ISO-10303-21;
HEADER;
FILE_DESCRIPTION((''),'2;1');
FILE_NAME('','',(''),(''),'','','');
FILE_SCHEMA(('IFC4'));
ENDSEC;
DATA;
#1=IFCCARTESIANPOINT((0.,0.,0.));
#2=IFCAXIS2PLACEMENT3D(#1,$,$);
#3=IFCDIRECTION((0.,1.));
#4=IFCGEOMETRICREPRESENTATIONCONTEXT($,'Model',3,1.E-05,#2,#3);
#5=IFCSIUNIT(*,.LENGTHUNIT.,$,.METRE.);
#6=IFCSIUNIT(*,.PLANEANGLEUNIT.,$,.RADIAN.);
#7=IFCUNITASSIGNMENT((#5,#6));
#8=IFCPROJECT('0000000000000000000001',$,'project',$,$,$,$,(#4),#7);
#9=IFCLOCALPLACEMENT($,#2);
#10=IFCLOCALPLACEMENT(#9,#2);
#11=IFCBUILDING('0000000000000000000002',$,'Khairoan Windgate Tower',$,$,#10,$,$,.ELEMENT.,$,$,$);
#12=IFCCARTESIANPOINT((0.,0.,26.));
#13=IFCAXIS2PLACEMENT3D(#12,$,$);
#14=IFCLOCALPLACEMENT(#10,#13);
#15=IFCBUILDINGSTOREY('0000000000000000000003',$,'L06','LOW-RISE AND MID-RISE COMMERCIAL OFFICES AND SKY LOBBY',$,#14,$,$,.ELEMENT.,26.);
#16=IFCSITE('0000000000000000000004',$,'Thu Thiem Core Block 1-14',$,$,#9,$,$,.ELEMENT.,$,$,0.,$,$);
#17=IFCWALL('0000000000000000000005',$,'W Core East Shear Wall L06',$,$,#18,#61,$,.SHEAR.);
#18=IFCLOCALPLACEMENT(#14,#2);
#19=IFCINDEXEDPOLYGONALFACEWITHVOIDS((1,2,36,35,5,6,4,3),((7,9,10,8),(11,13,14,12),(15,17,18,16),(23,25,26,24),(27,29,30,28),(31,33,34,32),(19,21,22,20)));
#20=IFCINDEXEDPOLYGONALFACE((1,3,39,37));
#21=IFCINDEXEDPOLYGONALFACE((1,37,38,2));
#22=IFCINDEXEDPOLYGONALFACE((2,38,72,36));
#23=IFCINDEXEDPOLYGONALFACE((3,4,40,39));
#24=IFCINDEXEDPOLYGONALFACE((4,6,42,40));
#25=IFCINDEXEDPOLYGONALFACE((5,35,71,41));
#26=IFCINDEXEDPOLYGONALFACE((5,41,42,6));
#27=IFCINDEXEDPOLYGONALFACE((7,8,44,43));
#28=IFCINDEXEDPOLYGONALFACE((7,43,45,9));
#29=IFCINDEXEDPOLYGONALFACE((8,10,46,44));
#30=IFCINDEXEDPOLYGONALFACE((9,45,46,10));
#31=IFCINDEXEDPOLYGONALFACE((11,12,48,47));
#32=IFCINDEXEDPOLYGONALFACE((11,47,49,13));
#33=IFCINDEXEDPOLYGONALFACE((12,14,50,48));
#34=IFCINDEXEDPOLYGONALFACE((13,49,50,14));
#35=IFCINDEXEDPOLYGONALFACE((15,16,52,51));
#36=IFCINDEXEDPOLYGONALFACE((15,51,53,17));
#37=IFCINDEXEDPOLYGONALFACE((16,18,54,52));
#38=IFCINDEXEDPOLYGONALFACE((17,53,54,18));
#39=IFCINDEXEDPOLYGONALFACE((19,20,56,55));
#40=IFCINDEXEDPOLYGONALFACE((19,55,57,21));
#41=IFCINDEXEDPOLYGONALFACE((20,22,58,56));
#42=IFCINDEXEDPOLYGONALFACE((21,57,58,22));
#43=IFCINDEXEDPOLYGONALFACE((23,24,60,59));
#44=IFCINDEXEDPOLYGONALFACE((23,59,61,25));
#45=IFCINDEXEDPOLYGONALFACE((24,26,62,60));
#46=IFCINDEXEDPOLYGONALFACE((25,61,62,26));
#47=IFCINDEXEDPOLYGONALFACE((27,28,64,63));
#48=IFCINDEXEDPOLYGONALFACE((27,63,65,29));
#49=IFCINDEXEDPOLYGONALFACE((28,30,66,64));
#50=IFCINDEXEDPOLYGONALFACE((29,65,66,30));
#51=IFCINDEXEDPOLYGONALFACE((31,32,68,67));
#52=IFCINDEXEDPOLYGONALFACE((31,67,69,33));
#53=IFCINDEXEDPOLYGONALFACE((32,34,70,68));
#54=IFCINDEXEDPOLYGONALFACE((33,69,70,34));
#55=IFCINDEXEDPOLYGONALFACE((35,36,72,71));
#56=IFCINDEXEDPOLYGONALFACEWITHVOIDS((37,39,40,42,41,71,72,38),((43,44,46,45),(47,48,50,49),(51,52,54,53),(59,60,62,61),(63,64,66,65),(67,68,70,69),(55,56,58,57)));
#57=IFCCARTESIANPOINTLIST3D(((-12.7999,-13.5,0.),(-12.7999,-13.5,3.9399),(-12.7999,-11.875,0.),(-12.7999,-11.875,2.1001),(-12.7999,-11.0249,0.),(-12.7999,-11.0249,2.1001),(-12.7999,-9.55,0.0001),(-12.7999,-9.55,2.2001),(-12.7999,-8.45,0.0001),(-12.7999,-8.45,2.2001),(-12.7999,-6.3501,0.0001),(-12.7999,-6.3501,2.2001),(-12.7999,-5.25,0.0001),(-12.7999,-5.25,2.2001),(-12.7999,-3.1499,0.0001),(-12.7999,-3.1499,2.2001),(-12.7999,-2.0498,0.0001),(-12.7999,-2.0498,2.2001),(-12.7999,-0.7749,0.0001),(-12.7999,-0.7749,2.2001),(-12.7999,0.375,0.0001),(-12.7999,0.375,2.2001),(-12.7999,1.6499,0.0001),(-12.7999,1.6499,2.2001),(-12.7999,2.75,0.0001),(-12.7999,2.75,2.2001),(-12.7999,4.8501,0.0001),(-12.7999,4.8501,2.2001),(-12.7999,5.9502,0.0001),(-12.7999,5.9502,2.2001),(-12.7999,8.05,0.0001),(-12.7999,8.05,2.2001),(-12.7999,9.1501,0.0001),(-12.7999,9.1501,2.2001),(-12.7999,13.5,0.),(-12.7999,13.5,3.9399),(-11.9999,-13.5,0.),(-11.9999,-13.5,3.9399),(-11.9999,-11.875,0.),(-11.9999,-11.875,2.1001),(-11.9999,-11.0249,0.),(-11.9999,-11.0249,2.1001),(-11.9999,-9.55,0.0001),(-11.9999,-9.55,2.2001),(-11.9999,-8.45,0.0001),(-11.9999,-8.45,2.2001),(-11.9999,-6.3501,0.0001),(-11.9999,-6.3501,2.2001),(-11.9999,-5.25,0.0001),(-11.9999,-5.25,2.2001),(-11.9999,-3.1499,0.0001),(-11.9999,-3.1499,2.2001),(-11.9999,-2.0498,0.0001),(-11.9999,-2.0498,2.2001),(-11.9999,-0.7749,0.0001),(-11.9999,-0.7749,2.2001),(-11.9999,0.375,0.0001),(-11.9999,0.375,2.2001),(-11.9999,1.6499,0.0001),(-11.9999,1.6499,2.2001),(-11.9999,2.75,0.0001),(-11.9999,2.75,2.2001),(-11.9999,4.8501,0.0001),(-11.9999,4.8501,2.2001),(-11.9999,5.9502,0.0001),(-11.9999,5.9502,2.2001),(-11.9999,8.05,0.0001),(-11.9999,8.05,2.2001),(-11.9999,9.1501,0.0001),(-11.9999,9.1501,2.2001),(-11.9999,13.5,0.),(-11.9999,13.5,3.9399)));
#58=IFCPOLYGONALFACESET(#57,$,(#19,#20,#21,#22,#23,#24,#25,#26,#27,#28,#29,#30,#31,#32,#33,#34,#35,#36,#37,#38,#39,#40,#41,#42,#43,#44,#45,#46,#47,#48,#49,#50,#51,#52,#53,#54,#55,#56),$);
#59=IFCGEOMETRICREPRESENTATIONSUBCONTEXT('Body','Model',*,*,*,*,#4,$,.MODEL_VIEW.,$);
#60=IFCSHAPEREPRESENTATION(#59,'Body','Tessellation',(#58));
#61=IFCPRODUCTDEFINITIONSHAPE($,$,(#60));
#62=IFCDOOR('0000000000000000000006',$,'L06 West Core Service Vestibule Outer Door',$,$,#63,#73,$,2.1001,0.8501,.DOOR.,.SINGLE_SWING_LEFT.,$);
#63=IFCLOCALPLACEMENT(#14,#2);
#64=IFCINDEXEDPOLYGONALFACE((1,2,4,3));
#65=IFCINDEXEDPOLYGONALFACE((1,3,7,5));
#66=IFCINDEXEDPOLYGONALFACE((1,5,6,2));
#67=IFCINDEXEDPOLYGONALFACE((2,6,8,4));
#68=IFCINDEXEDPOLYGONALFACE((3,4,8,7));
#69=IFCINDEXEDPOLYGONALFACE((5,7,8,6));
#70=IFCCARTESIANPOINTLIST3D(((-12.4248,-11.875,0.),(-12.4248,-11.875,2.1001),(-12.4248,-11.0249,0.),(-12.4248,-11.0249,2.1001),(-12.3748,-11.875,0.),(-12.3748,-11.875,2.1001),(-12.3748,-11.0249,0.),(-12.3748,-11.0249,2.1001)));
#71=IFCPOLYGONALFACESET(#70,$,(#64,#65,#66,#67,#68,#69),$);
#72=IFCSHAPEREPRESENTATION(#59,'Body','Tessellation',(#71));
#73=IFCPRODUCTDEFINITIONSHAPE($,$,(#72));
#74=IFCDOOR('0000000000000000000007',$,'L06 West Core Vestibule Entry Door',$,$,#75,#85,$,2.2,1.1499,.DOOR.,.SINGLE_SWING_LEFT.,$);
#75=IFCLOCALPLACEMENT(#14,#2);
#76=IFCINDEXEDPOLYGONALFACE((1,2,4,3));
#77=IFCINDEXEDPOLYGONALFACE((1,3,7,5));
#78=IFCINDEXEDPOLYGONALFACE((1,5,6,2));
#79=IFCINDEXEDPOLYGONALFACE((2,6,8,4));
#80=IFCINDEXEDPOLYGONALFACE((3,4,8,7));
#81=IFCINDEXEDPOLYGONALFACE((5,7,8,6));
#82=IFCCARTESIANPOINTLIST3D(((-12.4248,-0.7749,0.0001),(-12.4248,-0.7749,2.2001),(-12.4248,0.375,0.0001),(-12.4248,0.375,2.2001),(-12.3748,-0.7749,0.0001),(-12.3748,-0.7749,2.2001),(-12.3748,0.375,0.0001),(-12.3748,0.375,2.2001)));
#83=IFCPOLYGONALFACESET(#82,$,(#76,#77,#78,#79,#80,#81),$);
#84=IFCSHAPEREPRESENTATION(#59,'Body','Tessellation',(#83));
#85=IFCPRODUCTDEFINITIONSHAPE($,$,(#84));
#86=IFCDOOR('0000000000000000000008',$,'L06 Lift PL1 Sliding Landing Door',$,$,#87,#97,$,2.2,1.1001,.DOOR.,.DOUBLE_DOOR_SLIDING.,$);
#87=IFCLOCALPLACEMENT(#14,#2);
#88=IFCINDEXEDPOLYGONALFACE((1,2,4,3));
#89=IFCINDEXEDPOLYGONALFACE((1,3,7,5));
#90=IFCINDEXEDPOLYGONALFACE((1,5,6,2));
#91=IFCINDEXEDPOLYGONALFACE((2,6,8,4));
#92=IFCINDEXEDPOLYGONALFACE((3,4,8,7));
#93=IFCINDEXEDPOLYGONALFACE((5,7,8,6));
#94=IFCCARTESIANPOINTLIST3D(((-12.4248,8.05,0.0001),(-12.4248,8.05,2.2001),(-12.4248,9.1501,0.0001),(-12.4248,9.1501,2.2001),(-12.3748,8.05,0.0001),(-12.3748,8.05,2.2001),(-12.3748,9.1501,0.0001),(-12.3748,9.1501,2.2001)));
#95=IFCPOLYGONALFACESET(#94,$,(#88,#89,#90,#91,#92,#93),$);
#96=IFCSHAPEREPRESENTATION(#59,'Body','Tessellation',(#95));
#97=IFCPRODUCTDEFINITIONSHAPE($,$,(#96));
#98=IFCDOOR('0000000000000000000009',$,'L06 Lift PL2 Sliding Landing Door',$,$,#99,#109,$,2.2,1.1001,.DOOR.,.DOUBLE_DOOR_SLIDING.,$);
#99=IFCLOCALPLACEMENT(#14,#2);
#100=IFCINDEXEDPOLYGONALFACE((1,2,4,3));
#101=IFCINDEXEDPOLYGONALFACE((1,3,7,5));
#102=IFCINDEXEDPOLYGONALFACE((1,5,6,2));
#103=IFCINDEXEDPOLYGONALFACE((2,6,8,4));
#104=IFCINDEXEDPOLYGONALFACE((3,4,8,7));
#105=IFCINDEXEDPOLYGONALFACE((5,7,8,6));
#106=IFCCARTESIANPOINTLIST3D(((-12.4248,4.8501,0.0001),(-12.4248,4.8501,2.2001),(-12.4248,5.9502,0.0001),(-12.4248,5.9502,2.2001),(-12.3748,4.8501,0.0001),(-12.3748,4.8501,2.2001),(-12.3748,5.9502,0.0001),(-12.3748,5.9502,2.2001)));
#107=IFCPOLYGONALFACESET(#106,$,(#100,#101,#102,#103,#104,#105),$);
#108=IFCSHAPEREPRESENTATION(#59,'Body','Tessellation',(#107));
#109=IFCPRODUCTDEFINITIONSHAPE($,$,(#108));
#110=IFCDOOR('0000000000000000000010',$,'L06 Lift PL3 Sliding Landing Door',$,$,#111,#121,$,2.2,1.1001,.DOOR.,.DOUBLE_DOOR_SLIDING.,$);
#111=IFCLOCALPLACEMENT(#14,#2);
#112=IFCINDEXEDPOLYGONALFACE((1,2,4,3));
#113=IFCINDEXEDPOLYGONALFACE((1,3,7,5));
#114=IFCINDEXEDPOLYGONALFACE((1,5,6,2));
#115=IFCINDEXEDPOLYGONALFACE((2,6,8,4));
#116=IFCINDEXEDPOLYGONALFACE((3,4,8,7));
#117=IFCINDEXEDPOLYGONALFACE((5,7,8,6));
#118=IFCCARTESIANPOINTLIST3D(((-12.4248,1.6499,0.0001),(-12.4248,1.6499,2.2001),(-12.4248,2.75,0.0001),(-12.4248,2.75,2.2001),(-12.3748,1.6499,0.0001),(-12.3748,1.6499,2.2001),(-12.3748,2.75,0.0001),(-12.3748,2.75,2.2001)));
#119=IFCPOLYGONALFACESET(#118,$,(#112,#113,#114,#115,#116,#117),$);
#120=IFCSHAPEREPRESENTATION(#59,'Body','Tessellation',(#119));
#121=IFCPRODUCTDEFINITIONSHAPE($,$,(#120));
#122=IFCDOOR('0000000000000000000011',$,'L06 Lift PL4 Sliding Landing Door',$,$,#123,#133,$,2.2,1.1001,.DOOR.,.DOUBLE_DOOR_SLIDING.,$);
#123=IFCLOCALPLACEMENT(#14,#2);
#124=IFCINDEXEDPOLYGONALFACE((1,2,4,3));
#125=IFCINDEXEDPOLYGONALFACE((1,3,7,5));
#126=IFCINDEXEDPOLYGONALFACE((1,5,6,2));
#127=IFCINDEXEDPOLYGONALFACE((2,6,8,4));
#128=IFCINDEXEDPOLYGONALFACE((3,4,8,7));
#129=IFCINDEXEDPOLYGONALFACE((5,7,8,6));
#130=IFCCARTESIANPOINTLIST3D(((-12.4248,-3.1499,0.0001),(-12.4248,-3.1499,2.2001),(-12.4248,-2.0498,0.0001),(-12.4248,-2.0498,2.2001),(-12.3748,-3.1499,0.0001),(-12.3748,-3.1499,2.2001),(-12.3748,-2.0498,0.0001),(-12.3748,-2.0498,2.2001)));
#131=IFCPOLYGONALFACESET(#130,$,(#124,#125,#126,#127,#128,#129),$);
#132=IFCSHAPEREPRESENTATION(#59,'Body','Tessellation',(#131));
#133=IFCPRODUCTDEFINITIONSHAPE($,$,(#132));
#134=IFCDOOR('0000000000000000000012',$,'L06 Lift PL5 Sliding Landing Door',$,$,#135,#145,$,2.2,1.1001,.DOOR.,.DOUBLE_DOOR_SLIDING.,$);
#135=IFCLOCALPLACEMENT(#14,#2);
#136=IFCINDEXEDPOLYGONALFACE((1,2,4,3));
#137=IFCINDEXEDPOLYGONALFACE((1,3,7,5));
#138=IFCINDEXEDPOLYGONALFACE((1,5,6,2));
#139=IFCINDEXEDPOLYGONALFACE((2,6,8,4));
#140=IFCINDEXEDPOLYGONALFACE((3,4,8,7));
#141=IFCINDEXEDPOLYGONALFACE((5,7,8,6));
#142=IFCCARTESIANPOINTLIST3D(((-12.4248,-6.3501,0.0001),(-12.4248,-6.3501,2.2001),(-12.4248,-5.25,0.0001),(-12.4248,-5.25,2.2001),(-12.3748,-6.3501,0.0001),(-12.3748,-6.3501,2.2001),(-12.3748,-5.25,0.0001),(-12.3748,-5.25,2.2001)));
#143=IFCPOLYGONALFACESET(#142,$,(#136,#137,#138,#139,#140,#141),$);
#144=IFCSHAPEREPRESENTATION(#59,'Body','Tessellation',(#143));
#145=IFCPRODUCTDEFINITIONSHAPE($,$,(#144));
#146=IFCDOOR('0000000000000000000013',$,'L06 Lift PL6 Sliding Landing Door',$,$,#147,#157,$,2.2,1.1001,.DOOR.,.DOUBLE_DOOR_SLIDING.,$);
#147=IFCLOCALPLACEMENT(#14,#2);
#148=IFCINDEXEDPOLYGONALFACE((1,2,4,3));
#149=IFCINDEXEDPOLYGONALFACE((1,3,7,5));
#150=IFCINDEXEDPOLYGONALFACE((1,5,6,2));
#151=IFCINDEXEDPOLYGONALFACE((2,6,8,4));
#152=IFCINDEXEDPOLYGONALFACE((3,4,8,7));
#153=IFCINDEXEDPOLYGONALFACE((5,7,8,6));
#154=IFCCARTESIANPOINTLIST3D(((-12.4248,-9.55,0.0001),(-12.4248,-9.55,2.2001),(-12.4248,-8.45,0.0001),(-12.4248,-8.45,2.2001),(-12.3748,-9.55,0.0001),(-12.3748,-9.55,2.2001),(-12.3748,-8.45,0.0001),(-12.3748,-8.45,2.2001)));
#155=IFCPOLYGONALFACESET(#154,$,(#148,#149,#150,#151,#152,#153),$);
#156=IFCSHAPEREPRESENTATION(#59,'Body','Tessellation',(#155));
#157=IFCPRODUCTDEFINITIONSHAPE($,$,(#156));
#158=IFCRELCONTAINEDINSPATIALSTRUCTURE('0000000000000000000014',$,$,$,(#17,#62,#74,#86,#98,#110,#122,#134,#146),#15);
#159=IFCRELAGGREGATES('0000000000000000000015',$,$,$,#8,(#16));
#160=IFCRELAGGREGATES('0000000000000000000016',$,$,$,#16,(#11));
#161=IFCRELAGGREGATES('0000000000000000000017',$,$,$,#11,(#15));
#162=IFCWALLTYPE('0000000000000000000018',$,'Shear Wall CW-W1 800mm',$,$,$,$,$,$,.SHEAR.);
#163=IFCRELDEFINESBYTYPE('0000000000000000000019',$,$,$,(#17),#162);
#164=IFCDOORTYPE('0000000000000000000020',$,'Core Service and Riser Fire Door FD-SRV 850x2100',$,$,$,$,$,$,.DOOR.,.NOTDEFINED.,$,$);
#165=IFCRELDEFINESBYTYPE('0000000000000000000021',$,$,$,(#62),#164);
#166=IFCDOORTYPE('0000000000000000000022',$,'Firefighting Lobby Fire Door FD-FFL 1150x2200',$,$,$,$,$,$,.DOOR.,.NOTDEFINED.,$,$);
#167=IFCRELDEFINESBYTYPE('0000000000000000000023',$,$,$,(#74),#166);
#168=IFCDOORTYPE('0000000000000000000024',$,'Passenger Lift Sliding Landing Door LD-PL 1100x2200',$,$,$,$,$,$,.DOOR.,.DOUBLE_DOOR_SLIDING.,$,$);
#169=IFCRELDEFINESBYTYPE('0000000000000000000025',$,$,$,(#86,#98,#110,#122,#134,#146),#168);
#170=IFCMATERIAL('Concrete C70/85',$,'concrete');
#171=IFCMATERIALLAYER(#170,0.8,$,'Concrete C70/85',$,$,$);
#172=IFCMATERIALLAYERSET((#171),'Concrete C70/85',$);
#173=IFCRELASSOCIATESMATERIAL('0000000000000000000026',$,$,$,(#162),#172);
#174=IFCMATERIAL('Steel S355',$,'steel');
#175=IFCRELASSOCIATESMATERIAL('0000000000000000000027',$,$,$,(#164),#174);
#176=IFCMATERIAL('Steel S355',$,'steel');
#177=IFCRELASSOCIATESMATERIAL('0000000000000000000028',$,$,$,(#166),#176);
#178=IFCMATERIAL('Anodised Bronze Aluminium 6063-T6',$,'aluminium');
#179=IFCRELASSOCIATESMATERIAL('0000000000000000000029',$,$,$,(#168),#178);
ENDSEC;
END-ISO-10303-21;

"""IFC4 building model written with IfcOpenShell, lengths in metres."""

from ifc_helpers import new_model, si_unit, direction, frame, frame_2d, origin, place, context, subcontext, project, spatial, rectangle, extrude, material, layer, layer_set, type_object, element, fill, save


model = new_model("IFC4")

# Units and contexts
model_context = context("Model", 3, precision=1e-05, world=origin(), true_north=direction((0.0, 1.0)))
body_context = subcontext(model_context, "Body", "Model", "MODEL_VIEW")
ifc_project = project(units=[si_unit("LENGTHUNIT", "METRE"), si_unit("PLANEANGLEUNIT", "RADIAN")], contexts=[model_context])

# Site, building, storey
site_placement = place(None, origin())
site = spatial("IfcSite", under=ifc_project, at=site_placement, Name="Thu Thiem Core Block 1-14", CompositionType="ELEMENT", RefElevation=0.0)
building_placement = place(site_placement, origin())
building = spatial("IfcBuilding", under=site, at=building_placement, Name="Khairoan Windgate Tower", CompositionType="ELEMENT")
storey_placement = place(building_placement, frame((0.0, 0.0, 26.0)))
storey = spatial("IfcBuildingStorey", under=building, at=storey_placement, Name="L06", Description="LOW-RISE AND MID-RISE COMMERCIAL OFFICES AND SKY LOBBY", CompositionType="ELEMENT", Elevation=26.0)

# Wall, openings, doors
ifc_material_1 = material(Name="Concrete C70/85", Category="concrete")
ifc_layer_1 = layer(ifc_material_1, 0.8, Name="Concrete C70/85")
ifc_layer_set_1 = layer_set([ifc_layer_1], Name="Concrete C70/85")
wall_type_1 = type_object("IfcWallType", Name="Shear Wall CW-W1 800mm", PredefinedType="SHEAR", material=ifc_layer_set_1)
wall_1_placement = place(storey_placement, frame((-12.3999, -13.5, 0.0), z_axis=(0.0, 0.0, 1.0), x_axis=(0.0, 1.0, 0.0)))
wall_1 = element("IfcWall", 1, at=wall_1_placement, inside=storey, type_object=wall_type_1, Name="W Core East Shear Wall L06", PredefinedType="SHEAR", context=body_context, shape_type="SweptSolid", body=[
    extrude(rectangle(XDim=27.0, YDim=0.8, at=frame_2d((13.5, 0.0))), origin(), (0.0, 0.0, 1.0), 3.9399),
])
opening_1_placement = place(wall_1_placement, frame((21.55, 0.0, 0.0)))
opening_1 = element("IfcOpeningElement", 2, at=opening_1_placement, cuts=wall_1, PredefinedType="OPENING", context=body_context, shape_type="SweptSolid", body=[
    extrude(rectangle(XDim=1.1001, YDim=2.2, at=frame_2d((0.55, 1.1001))), frame((0.0, 0.4099, 0.0), z_axis=(0.0, -1.0, 0.0), x_axis=(1.0, 0.0, 0.0)), (0.0, 0.0, 1.0), 0.8201),
])
opening_2_placement = place(wall_1_placement, frame((18.3501, 0.0, 0.0)))
opening_2 = element("IfcOpeningElement", 3, at=opening_2_placement, cuts=wall_1, PredefinedType="OPENING", context=body_context, shape_type="SweptSolid", body=[
    extrude(rectangle(XDim=1.1001, YDim=2.2, at=frame_2d((0.55, 1.1001))), frame((0.0, 0.4099, 0.0), z_axis=(0.0, -1.0, 0.0), x_axis=(1.0, 0.0, 0.0)), (0.0, 0.0, 1.0), 0.8201),
])
opening_3_placement = place(wall_1_placement, frame((15.1499, 0.0, 0.0)))
opening_3 = element("IfcOpeningElement", 4, at=opening_3_placement, cuts=wall_1, PredefinedType="OPENING", context=body_context, shape_type="SweptSolid", body=[
    extrude(rectangle(XDim=1.1001, YDim=2.2, at=frame_2d((0.55, 1.1001))), frame((0.0, 0.4099, 0.0), z_axis=(0.0, -1.0, 0.0), x_axis=(1.0, 0.0, 0.0)), (0.0, 0.0, 1.0), 0.8201),
])
opening_4_placement = place(wall_1_placement, frame((10.3501, 0.0, 0.0)))
opening_4 = element("IfcOpeningElement", 5, at=opening_4_placement, cuts=wall_1, PredefinedType="OPENING", context=body_context, shape_type="SweptSolid", body=[
    extrude(rectangle(XDim=1.1001, YDim=2.2, at=frame_2d((0.55, 1.1001))), frame((0.0, 0.4099, 0.0), z_axis=(0.0, -1.0, 0.0), x_axis=(1.0, 0.0, 0.0)), (0.0, 0.0, 1.0), 0.8201),
])
opening_5_placement = place(wall_1_placement, frame((7.1499, 0.0, 0.0)))
opening_5 = element("IfcOpeningElement", 6, at=opening_5_placement, cuts=wall_1, PredefinedType="OPENING", context=body_context, shape_type="SweptSolid", body=[
    extrude(rectangle(XDim=1.1001, YDim=2.2, at=frame_2d((0.55, 1.1001))), frame((0.0, 0.4099, 0.0), z_axis=(0.0, -1.0, 0.0), x_axis=(1.0, 0.0, 0.0)), (0.0, 0.0, 1.0), 0.8201),
])
opening_6_placement = place(wall_1_placement, frame((3.95, 0.0, 0.0)))
opening_6 = element("IfcOpeningElement", 7, at=opening_6_placement, cuts=wall_1, PredefinedType="OPENING", context=body_context, shape_type="SweptSolid", body=[
    extrude(rectangle(XDim=1.1001, YDim=2.2, at=frame_2d((0.55, 1.1001))), frame((0.0, 0.4099, 0.0), z_axis=(0.0, -1.0, 0.0), x_axis=(1.0, 0.0, 0.0)), (0.0, 0.0, 1.0), 0.8201),
])
opening_7_placement = place(wall_1_placement, frame((12.7251, 0.0, 0.0)))
opening_7 = element("IfcOpeningElement", 8, at=opening_7_placement, cuts=wall_1, PredefinedType="OPENING", context=body_context, shape_type="SweptSolid", body=[
    extrude(rectangle(XDim=1.1499, YDim=2.2, at=frame_2d((0.575, 1.1001))), frame((0.0, 0.4099, 0.0), z_axis=(0.0, -1.0, 0.0), x_axis=(1.0, 0.0, 0.0)), (0.0, 0.0, 1.0), 0.8201),
])
opening_8_placement = place(wall_1_placement, frame((1.625, 0.0, 0.0)))
opening_8 = element("IfcOpeningElement", 9, at=opening_8_placement, cuts=wall_1, PredefinedType="OPENING", context=body_context, shape_type="SweptSolid", body=[
    extrude(rectangle(XDim=0.8501, YDim=2.1001, at=frame_2d((0.425, 1.05))), frame((0.0, 0.4099, 0.0), z_axis=(0.0, -1.0, 0.0), x_axis=(1.0, 0.0, 0.0)), (0.0, 0.0, 1.0), 0.8201),
])
ifc_material_2 = material(Name="Steel S355", Category="steel")
door_type_1 = type_object("IfcDoorType", Name="Core Service and Riser Fire Door FD-SRV 850x2100", OperationType="NOTDEFINED", PredefinedType="DOOR", material=ifc_material_2)
door_1_placement = place(opening_8_placement, origin())
door_1 = element("IfcDoor", 10, at=door_1_placement, inside=storey, type_object=door_type_1, Name="L06 West Core Service Vestibule Outer Door", OperationType="SINGLE_SWING_LEFT", OverallHeight=2.1001, OverallWidth=0.8501, PredefinedType="DOOR", context=body_context, shape_type="SweptSolid", body=[
    extrude(rectangle(XDim=0.8501, YDim=2.1001, at=frame_2d((0.425, 1.05))), frame((0.0, 0.0249, 0.0), z_axis=(0.0, -1.0, 0.0), x_axis=(1.0, 0.0, 0.0)), (0.0, 0.0, 1.0), 0.05),
])
fill(opening_8, door_1)
ifc_material_3 = material(Name="Steel S355", Category="steel")
door_type_2 = type_object("IfcDoorType", Name="Firefighting Lobby Fire Door FD-FFL 1150x2200", OperationType="NOTDEFINED", PredefinedType="DOOR", material=ifc_material_3)
door_2_placement = place(opening_7_placement, origin())
door_2 = element("IfcDoor", 11, at=door_2_placement, inside=storey, type_object=door_type_2, Name="L06 West Core Vestibule Entry Door", OperationType="SINGLE_SWING_LEFT", OverallHeight=2.2, OverallWidth=1.1499, PredefinedType="DOOR", context=body_context, shape_type="SweptSolid", body=[
    extrude(rectangle(XDim=1.1499, YDim=2.2, at=frame_2d((0.575, 1.1001))), frame((0.0, 0.0249, 0.0), z_axis=(0.0, -1.0, 0.0), x_axis=(1.0, 0.0, 0.0)), (0.0, 0.0, 1.0), 0.05),
])
fill(opening_7, door_2)
ifc_material_4 = material(Name="Anodised Bronze Aluminium 6063-T6", Category="aluminium")
door_type_3 = type_object("IfcDoorType", Name="Passenger Lift Sliding Landing Door LD-PL 1100x2200", OperationType="DOUBLE_DOOR_SLIDING", PredefinedType="DOOR", material=ifc_material_4)
door_3_placement = place(opening_1_placement, origin())
door_3 = element("IfcDoor", 12, at=door_3_placement, inside=storey, type_object=door_type_3, Name="L06 Lift PL1 Sliding Landing Door", OperationType="DOUBLE_DOOR_SLIDING", OverallHeight=2.2, OverallWidth=1.1001, PredefinedType="DOOR", context=body_context, shape_type="SweptSolid", body=[
    extrude(rectangle(XDim=1.1001, YDim=2.2, at=frame_2d((0.55, 1.1001))), frame((0.0, 0.0249, 0.0), z_axis=(0.0, -1.0, 0.0), x_axis=(1.0, 0.0, 0.0)), (0.0, 0.0, 1.0), 0.05),
])
fill(opening_1, door_3)
door_4_placement = place(opening_2_placement, origin())
door_4 = element("IfcDoor", 13, at=door_4_placement, inside=storey, type_object=door_type_3, Name="L06 Lift PL2 Sliding Landing Door", OperationType="DOUBLE_DOOR_SLIDING", OverallHeight=2.2, OverallWidth=1.1001, PredefinedType="DOOR", context=body_context, shape_type="SweptSolid", body=[
    extrude(rectangle(XDim=1.1001, YDim=2.2, at=frame_2d((0.55, 1.1001))), frame((0.0, 0.0249, 0.0), z_axis=(0.0, -1.0, 0.0), x_axis=(1.0, 0.0, 0.0)), (0.0, 0.0, 1.0), 0.05),
])
fill(opening_2, door_4)
door_5_placement = place(opening_3_placement, origin())
door_5 = element("IfcDoor", 14, at=door_5_placement, inside=storey, type_object=door_type_3, Name="L06 Lift PL3 Sliding Landing Door", OperationType="DOUBLE_DOOR_SLIDING", OverallHeight=2.2, OverallWidth=1.1001, PredefinedType="DOOR", context=body_context, shape_type="SweptSolid", body=[
    extrude(rectangle(XDim=1.1001, YDim=2.2, at=frame_2d((0.55, 1.1001))), frame((0.0, 0.0249, 0.0), z_axis=(0.0, -1.0, 0.0), x_axis=(1.0, 0.0, 0.0)), (0.0, 0.0, 1.0), 0.05),
])
fill(opening_3, door_5)
door_6_placement = place(opening_4_placement, origin())
door_6 = element("IfcDoor", 15, at=door_6_placement, inside=storey, type_object=door_type_3, Name="L06 Lift PL4 Sliding Landing Door", OperationType="DOUBLE_DOOR_SLIDING", OverallHeight=2.2, OverallWidth=1.1001, PredefinedType="DOOR", context=body_context, shape_type="SweptSolid", body=[
    extrude(rectangle(XDim=1.1001, YDim=2.2, at=frame_2d((0.55, 1.1001))), frame((0.0, 0.0249, 0.0), z_axis=(0.0, -1.0, 0.0), x_axis=(1.0, 0.0, 0.0)), (0.0, 0.0, 1.0), 0.05),
])
fill(opening_4, door_6)
door_7_placement = place(opening_5_placement, origin())
door_7 = element("IfcDoor", 16, at=door_7_placement, inside=storey, type_object=door_type_3, Name="L06 Lift PL5 Sliding Landing Door", OperationType="DOUBLE_DOOR_SLIDING", OverallHeight=2.2, OverallWidth=1.1001, PredefinedType="DOOR", context=body_context, shape_type="SweptSolid", body=[
    extrude(rectangle(XDim=1.1001, YDim=2.2, at=frame_2d((0.55, 1.1001))), frame((0.0, 0.0249, 0.0), z_axis=(0.0, -1.0, 0.0), x_axis=(1.0, 0.0, 0.0)), (0.0, 0.0, 1.0), 0.05),
])
fill(opening_5, door_7)
door_8_placement = place(opening_6_placement, origin())
door_8 = element("IfcDoor", 17, at=door_8_placement, inside=storey, type_object=door_type_3, Name="L06 Lift PL6 Sliding Landing Door", OperationType="DOUBLE_DOOR_SLIDING", OverallHeight=2.2, OverallWidth=1.1001, PredefinedType="DOOR", context=body_context, shape_type="SweptSolid", body=[
    extrude(rectangle(XDim=1.1001, YDim=2.2, at=frame_2d((0.55, 1.1001))), frame((0.0, 0.0249, 0.0), z_axis=(0.0, -1.0, 0.0), x_axis=(1.0, 0.0, 0.0)), (0.0, 0.0, 1.0), 0.05),
])
fill(opening_6, door_8)

save(model, "model.ifc")
